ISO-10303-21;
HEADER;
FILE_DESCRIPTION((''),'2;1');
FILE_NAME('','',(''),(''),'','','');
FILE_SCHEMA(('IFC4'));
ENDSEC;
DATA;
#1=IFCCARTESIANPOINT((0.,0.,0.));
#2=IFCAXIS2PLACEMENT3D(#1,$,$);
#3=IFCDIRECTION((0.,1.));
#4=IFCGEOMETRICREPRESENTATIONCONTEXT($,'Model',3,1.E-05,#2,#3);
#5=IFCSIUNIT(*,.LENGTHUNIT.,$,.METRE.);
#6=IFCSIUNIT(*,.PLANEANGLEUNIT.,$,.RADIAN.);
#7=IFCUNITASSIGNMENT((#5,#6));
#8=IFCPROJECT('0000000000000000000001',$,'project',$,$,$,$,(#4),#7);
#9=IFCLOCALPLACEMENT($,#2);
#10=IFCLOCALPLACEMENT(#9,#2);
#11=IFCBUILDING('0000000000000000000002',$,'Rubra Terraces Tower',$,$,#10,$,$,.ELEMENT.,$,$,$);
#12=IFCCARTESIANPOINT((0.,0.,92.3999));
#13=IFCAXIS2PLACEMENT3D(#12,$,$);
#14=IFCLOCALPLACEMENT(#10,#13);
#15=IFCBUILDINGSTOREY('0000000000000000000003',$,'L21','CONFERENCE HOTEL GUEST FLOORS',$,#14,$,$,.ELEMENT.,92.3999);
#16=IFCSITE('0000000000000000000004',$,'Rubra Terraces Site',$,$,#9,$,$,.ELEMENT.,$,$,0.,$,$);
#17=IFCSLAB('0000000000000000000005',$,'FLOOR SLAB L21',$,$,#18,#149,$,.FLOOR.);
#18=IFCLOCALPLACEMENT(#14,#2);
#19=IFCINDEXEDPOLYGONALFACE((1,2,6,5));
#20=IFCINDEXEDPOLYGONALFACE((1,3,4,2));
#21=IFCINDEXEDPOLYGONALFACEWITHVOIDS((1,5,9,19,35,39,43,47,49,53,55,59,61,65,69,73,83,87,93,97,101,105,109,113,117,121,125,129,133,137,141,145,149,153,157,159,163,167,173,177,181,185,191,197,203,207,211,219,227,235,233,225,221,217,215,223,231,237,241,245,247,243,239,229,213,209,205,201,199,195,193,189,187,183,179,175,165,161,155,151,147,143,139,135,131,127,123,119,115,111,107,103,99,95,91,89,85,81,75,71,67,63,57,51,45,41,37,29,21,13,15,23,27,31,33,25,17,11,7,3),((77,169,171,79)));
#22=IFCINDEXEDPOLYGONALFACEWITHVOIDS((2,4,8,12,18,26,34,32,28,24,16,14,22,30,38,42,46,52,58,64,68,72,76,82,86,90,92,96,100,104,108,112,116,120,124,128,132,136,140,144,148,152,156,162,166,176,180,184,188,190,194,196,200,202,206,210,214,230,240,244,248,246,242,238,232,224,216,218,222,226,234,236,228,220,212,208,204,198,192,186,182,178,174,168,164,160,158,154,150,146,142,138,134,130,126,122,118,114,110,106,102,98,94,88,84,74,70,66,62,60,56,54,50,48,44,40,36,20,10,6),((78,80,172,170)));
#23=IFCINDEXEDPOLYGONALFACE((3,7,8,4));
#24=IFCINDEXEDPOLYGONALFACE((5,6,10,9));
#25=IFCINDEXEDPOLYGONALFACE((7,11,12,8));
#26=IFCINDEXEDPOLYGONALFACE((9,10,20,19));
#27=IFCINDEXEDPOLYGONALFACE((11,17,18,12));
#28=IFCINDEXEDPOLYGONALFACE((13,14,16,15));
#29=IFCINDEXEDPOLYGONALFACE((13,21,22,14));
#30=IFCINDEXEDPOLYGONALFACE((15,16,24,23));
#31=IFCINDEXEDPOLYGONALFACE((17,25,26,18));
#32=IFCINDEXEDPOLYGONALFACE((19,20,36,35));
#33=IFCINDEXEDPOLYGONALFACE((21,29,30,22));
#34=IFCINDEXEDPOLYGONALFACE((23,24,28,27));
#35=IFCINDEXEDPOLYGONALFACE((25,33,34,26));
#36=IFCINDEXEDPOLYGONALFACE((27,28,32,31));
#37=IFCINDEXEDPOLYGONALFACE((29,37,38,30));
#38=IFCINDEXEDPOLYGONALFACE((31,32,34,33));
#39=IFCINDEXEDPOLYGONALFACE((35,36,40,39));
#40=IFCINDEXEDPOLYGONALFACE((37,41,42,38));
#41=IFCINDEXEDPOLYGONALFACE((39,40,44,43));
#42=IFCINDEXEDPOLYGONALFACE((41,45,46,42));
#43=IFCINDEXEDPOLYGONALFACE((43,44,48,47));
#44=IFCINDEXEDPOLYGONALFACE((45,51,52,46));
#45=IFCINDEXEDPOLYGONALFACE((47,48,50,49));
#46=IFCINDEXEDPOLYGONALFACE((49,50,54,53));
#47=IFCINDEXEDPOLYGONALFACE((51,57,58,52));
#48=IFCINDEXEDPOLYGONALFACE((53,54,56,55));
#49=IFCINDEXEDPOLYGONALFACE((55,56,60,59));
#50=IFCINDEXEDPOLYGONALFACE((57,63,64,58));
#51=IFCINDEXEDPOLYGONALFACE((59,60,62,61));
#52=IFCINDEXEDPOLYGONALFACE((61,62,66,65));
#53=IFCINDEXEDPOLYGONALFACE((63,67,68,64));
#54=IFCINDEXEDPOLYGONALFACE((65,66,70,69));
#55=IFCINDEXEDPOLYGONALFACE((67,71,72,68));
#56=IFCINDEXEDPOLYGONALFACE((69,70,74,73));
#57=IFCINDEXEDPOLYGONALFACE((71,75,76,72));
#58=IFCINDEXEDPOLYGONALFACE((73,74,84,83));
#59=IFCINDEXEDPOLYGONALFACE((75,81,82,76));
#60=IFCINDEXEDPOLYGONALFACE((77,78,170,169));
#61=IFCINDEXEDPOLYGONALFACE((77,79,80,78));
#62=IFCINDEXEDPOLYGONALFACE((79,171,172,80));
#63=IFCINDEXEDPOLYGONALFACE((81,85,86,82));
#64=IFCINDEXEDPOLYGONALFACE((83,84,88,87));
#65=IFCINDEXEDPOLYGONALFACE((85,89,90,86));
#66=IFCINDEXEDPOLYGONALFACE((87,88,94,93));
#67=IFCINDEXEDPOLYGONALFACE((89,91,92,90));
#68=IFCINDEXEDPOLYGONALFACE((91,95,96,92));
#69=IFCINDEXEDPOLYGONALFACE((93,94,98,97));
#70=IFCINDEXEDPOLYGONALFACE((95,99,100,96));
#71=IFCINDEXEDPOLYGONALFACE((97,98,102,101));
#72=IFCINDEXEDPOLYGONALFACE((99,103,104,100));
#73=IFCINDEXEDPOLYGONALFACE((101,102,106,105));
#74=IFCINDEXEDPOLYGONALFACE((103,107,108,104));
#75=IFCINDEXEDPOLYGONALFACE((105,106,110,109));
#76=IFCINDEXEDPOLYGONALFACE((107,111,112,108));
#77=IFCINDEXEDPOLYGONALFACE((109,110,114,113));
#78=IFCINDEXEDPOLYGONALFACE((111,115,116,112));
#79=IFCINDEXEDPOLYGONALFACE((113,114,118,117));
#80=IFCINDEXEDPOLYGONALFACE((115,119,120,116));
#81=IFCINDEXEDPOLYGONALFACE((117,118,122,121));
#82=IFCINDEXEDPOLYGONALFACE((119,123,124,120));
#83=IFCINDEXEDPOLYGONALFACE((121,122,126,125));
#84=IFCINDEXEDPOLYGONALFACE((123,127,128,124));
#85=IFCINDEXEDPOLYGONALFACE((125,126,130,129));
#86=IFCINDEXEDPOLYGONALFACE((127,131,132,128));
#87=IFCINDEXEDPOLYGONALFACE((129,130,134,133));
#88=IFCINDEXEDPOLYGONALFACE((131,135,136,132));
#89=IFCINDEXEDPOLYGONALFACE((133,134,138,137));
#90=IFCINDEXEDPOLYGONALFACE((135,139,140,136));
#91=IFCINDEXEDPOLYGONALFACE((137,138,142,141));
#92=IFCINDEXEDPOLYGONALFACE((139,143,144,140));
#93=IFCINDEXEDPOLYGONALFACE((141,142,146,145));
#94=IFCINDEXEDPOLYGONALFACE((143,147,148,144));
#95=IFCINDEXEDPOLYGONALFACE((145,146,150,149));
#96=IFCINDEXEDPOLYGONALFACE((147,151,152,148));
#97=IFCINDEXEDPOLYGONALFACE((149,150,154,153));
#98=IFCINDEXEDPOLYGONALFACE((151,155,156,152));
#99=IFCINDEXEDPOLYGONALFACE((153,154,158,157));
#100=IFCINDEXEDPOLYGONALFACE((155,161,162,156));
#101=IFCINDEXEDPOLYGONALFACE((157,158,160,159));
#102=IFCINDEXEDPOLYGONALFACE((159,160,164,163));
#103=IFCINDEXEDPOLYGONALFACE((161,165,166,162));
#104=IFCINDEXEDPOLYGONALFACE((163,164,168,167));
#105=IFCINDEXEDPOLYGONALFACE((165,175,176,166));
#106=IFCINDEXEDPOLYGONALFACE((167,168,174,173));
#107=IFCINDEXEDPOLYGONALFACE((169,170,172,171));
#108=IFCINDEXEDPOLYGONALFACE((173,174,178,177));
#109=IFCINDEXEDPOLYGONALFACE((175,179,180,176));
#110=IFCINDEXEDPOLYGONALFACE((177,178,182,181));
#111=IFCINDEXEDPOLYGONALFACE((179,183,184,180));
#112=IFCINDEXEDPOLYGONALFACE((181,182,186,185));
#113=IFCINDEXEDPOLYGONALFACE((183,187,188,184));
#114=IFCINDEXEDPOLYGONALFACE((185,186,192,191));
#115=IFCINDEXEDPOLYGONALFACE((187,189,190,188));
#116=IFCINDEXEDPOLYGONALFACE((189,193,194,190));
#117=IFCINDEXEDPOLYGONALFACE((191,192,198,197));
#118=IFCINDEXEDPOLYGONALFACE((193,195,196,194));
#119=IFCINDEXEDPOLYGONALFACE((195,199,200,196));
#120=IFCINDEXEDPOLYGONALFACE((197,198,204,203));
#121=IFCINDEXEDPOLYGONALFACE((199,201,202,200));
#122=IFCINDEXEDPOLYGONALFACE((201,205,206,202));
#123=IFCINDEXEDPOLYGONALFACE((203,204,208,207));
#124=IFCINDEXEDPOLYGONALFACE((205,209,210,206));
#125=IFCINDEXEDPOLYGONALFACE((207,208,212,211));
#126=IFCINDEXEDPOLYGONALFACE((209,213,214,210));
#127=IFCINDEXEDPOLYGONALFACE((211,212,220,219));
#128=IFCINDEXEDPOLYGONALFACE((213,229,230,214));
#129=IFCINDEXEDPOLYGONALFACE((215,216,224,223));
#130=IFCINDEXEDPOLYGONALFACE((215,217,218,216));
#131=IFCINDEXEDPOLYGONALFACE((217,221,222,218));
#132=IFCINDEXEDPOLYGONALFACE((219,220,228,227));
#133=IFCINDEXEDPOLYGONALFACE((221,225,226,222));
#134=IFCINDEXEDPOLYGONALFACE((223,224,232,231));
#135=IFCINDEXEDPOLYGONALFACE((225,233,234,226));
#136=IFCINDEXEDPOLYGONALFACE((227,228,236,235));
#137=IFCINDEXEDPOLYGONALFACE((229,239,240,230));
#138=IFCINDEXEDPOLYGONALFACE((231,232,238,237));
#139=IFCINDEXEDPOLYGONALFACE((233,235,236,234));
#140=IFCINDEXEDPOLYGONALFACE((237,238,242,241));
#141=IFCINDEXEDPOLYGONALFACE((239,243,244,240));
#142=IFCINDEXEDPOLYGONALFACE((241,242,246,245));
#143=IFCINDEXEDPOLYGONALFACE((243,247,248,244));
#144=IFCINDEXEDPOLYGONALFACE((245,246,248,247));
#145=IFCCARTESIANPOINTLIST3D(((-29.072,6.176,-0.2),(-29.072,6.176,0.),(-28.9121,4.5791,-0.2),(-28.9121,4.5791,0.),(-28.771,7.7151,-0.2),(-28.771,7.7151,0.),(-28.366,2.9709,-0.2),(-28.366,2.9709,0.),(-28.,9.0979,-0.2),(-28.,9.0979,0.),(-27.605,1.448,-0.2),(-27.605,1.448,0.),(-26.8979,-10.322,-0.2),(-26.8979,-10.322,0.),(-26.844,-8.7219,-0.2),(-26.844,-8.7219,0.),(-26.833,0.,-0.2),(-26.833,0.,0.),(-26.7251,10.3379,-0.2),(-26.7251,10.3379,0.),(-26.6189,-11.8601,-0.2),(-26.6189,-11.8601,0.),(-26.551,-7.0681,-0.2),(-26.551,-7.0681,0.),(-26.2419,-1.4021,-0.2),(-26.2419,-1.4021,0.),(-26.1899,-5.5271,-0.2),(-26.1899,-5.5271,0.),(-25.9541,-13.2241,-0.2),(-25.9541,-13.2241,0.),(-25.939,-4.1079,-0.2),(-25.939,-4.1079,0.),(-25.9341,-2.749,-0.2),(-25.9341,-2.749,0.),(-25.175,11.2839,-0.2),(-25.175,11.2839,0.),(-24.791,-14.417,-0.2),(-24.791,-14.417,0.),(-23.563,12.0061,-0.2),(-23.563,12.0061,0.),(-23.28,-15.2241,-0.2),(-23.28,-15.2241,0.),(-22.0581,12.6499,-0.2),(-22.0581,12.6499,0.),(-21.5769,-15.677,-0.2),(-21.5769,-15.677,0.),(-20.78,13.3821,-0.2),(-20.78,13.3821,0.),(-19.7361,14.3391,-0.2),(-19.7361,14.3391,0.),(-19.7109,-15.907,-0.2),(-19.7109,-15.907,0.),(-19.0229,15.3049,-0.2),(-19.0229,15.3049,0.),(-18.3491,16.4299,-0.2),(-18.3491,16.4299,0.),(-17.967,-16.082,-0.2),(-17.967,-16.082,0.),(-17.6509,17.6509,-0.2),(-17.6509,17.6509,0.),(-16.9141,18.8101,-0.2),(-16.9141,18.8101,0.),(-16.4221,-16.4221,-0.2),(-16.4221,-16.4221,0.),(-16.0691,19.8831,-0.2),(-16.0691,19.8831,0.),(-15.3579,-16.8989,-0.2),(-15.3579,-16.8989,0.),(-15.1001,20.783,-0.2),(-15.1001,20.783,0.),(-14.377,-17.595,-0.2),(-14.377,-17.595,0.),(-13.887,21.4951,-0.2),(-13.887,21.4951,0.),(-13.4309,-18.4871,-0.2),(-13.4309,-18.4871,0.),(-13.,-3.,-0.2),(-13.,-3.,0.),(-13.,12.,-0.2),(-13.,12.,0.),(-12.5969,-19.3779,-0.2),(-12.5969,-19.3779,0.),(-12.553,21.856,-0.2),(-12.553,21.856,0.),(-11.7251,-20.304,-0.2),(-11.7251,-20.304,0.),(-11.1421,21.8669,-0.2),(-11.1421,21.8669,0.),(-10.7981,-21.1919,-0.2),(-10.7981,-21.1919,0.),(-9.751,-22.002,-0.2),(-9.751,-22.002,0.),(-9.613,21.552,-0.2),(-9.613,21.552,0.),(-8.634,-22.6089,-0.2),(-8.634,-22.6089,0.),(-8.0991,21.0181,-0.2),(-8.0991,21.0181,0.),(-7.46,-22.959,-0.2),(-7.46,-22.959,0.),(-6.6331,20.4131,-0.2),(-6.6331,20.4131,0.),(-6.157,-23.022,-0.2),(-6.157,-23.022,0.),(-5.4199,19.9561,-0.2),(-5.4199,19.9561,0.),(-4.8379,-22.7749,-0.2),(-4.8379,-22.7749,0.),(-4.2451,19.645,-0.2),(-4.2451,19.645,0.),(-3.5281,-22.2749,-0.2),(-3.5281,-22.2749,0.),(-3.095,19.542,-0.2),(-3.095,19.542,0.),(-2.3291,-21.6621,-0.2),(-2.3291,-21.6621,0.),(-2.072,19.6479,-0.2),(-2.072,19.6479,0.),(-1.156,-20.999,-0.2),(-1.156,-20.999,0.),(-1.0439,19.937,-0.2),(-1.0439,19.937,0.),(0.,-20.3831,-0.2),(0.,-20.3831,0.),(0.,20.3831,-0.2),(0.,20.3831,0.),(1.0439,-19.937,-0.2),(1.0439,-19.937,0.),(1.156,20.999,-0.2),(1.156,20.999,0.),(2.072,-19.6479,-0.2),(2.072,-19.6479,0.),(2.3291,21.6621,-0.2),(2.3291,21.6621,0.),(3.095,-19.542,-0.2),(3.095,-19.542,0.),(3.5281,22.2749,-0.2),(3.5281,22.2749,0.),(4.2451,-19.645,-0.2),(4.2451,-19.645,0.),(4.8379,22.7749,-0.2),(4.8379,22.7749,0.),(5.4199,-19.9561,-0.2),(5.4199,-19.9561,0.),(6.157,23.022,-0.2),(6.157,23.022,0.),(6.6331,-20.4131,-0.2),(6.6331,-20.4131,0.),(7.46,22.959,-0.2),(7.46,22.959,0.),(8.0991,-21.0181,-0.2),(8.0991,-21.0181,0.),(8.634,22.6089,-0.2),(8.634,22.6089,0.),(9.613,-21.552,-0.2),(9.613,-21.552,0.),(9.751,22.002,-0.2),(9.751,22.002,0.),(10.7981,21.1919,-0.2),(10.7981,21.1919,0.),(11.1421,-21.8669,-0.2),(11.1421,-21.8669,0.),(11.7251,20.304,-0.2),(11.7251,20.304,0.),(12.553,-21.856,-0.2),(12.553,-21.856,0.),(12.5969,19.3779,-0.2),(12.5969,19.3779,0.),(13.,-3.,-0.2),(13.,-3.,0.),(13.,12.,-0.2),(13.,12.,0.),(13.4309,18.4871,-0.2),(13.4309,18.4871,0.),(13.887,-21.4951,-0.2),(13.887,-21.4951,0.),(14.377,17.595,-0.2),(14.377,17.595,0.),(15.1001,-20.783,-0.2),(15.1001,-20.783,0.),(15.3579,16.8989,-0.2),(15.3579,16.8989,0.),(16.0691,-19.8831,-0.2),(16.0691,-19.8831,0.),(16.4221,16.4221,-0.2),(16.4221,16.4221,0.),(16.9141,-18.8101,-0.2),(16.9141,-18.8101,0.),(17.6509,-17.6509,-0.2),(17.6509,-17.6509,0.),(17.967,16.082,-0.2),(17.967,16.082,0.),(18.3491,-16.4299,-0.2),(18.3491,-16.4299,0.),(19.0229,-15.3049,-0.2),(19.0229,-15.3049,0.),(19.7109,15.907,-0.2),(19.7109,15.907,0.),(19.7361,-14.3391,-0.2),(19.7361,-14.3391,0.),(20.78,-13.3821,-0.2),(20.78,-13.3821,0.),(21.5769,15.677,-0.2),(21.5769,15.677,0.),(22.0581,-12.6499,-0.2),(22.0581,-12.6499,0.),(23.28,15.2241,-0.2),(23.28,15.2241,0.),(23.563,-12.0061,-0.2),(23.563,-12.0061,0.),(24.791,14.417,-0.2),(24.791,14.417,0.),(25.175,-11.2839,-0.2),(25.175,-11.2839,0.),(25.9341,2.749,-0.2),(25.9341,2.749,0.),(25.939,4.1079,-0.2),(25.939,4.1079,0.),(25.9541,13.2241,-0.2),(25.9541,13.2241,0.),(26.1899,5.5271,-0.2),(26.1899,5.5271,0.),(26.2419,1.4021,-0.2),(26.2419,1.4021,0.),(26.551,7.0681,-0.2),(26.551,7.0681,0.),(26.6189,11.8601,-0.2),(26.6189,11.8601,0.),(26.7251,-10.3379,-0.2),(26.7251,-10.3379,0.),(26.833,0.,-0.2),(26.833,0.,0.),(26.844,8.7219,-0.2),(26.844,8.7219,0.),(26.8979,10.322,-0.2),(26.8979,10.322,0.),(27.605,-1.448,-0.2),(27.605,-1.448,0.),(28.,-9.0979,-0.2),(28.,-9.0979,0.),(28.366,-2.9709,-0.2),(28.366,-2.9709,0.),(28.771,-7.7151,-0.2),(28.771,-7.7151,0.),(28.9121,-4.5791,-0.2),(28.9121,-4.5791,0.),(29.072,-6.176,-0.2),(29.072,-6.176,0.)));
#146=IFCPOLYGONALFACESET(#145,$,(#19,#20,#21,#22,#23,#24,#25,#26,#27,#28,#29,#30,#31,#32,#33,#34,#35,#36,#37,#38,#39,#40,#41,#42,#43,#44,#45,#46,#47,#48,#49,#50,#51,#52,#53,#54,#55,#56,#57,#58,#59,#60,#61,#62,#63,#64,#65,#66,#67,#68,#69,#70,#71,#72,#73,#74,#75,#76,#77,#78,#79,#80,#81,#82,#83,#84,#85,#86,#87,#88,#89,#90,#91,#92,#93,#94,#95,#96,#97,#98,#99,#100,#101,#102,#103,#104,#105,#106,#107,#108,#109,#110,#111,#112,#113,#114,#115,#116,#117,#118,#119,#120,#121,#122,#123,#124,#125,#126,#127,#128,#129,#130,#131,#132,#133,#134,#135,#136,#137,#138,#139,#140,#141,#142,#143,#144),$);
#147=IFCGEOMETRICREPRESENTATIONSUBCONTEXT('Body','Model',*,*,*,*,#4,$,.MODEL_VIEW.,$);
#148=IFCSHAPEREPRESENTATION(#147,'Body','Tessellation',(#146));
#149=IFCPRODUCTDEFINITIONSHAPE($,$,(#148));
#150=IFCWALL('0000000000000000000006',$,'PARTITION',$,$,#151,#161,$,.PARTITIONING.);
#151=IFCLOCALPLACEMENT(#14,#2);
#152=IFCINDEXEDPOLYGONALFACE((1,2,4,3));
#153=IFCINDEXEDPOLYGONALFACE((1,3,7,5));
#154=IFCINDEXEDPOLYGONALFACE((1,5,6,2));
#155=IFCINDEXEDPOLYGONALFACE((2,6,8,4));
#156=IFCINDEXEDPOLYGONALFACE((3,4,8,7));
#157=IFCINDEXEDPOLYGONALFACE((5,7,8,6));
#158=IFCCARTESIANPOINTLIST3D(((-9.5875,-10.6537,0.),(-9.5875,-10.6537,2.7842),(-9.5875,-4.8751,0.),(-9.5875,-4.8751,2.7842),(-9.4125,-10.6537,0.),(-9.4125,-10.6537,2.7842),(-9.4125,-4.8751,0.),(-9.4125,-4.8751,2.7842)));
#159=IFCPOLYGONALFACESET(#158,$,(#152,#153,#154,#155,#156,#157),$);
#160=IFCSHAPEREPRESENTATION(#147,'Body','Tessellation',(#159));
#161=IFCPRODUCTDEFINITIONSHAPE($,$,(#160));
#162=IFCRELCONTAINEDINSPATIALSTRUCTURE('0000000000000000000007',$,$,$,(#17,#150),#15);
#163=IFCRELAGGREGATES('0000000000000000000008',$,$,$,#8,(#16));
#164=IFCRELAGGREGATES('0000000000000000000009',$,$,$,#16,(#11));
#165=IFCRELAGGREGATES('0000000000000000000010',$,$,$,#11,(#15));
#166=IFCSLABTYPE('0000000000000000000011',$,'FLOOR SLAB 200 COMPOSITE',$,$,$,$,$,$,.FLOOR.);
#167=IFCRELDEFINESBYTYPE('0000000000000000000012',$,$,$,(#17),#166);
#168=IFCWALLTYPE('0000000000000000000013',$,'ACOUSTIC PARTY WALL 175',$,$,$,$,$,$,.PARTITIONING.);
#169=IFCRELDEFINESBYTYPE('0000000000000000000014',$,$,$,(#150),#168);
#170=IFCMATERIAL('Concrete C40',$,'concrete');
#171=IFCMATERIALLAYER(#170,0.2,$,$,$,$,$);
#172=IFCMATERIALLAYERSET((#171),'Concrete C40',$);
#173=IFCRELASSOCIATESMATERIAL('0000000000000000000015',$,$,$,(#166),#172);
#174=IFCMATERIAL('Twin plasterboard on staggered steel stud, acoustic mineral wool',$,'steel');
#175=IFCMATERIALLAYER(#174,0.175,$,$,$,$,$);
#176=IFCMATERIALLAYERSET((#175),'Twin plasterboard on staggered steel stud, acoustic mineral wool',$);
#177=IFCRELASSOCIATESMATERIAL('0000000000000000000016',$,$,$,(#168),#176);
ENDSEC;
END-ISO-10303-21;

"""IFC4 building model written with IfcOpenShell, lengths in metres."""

from ifc_helpers import new_model, si_unit, direction, frame, frame_2d, origin, place, context, subcontext, project, spatial, polyline, rectangle, outline, extrude, material, layer, layer_set, type_object, element, save


model = new_model("IFC4")

# Units and contexts
model_context = context("Model", 3, precision=1e-05, world=origin(), true_north=direction((0.0, 1.0)))
body_context = subcontext(model_context, "Body", "Model", "MODEL_VIEW")
ifc_project = project(units=[si_unit("LENGTHUNIT", "METRE"), si_unit("PLANEANGLEUNIT", "RADIAN")], contexts=[model_context])

# Site, building, storey
site_placement = place(None, origin())
site = spatial("IfcSite", under=ifc_project, at=site_placement, Name="Rubra Terraces Site", CompositionType="ELEMENT", RefElevation=0.0)
building_placement = place(site_placement, origin())
building = spatial("IfcBuilding", under=site, at=building_placement, Name="Rubra Terraces Tower", CompositionType="ELEMENT")
storey_placement = place(building_placement, frame((0.0, 0.0, 92.3999)))
storey = spatial("IfcBuildingStorey", under=building, at=storey_placement, Name="L21", Description="CONFERENCE HOTEL GUEST FLOORS", CompositionType="ELEMENT", Elevation=92.3999)

# Slab
ifc_material_1 = material(Name="Concrete C40", Category="concrete")
ifc_layer_1 = layer(ifc_material_1, 0.2)
ifc_layer_set_1 = layer_set([ifc_layer_1], Name="Concrete C40")
slab_type_1 = type_object("IfcSlabType", Name="FLOOR SLAB 200 COMPOSITE", PredefinedType="FLOOR", material=ifc_layer_set_1)
slab_1_placement = place(storey_placement, frame((0.0, 0.0, -0.2)))
element("IfcSlab", 1, at=slab_1_placement, inside=storey, type_object=slab_type_1, Name="FLOOR SLAB L21", PredefinedType="FLOOR", context=body_context, shape_type="SweptSolid", body=[
    extrude(outline(polyline([(27.605, -1.448), (26.833, 0.0), (26.2419, 1.4021), (25.9341, 2.749), (25.939, 4.1079), (26.1899, 5.5271), (26.551, 7.0681), (26.844, 8.7219), (26.8979, 10.322), (26.6189, 11.8601), (25.9541, 13.2241), (24.791, 14.417), (23.28, 15.2241), (21.5769, 15.677), (19.7109, 15.907), (17.967, 16.082), (16.4221, 16.4221), (15.3579, 16.8989), (14.377, 17.595), (13.4309, 18.4871), (12.5969, 19.3779), (11.7251, 20.304), (10.7981, 21.1919), (9.751, 22.002), (8.634, 22.6089), (7.46, 22.959), (6.157, 23.022), (4.8379, 22.7749), (3.5281, 22.2749), (2.3291, 21.6621), (1.156, 20.999), (0.0, 20.3831), (-1.0439, 19.937), (-2.072, 19.6479), (-3.095, 19.542), (-4.2451, 19.645), (-5.4199, 19.9561), (-6.6331, 20.4131), (-8.0991, 21.0181), (-9.613, 21.552), (-11.1421, 21.8669), (-12.553, 21.856), (-13.887, 21.4951), (-15.1001, 20.783), (-16.0691, 19.8831), (-16.9141, 18.8101), (-17.6509, 17.6509), (-18.3491, 16.4299), (-19.0229, 15.3049), (-19.7361, 14.3391), (-20.78, 13.3821), (-22.0581, 12.6499), (-23.563, 12.0061), (-25.175, 11.2839), (-26.7251, 10.3379), (-28.0, 9.0979), (-28.771, 7.7151), (-29.072, 6.176), (-28.9121, 4.5791), (-28.366, 2.9709), (-27.605, 1.448), (-26.833, 0.0), (-26.2419, -1.4021), (-25.9341, -2.749), (-25.939, -4.1079), (-26.1899, -5.5271), (-26.551, -7.0681), (-26.844, -8.7219), (-26.8979, -10.322), (-26.6189, -11.8601), (-25.9541, -13.2241), (-24.791, -14.417), (-23.28, -15.2241), (-21.5769, -15.677), (-19.7109, -15.907), (-17.967, -16.082), (-16.4221, -16.4221), (-15.3579, -16.8989), (-14.377, -17.595), (-13.4309, -18.4871), (-12.5969, -19.3779), (-11.7251, -20.304), (-10.7981, -21.1919), (-9.751, -22.002), (-8.634, -22.6089), (-7.46, -22.959), (-6.157, -23.022), (-4.8379, -22.7749), (-3.5281, -22.2749), (-2.3291, -21.6621), (-1.156, -20.999), (0.0, -20.3831), (1.0439, -19.937), (2.072, -19.6479), (3.095, -19.542), (4.2451, -19.645), (5.4199, -19.9561), (6.6331, -20.4131), (8.0991, -21.0181), (9.613, -21.552), (11.1421, -21.8669), (12.553, -21.856), (13.887, -21.4951), (15.1001, -20.783), (16.0691, -19.8831), (16.9141, -18.8101), (17.6509, -17.6509), (18.3491, -16.4299), (19.0229, -15.3049), (19.7361, -14.3391), (20.78, -13.3821), (22.0581, -12.6499), (23.563, -12.0061), (25.175, -11.2839), (26.7251, -10.3379), (28.0, -9.0979), (28.771, -7.7151), (29.072, -6.176), (28.9121, -4.5791), (28.366, -2.9709), (27.605, -1.448)]), holes=[polyline([(13.0, 12.0), (13.0, -3.0), (-13.0, -3.0), (-13.0, 12.0), (13.0, 12.0)])]), origin(), (0.0, 0.0, 1.0), 0.2),
])

# Wall
ifc_material_2 = material(Name="Twin plasterboard on staggered steel stud, acoustic mineral wool", Category="steel")
ifc_layer_2 = layer(ifc_material_2, 0.175)
ifc_layer_set_2 = layer_set([ifc_layer_2], Name="Twin plasterboard on staggered steel stud, acoustic mineral wool")
wall_type_1 = type_object("IfcWallType", Name="ACOUSTIC PARTY WALL 175", PredefinedType="PARTITIONING", material=ifc_layer_set_2)
wall_1_placement = place(storey_placement, frame((-9.5, -10.6536, 0.0), z_axis=(0.0, 0.0, 1.0), x_axis=(0.0, 1.0, 0.0)))
element("IfcWall", 2, at=wall_1_placement, inside=storey, type_object=wall_type_1, Name="PARTITION", PredefinedType="PARTITIONING", context=body_context, shape_type="SweptSolid", body=[
    extrude(rectangle(XDim=5.7786, YDim=0.175, at=frame_2d((2.8892, 0.0))), origin(), (0.0, 0.0, 1.0), 2.7842),
])

save(model, "model.ifc")
